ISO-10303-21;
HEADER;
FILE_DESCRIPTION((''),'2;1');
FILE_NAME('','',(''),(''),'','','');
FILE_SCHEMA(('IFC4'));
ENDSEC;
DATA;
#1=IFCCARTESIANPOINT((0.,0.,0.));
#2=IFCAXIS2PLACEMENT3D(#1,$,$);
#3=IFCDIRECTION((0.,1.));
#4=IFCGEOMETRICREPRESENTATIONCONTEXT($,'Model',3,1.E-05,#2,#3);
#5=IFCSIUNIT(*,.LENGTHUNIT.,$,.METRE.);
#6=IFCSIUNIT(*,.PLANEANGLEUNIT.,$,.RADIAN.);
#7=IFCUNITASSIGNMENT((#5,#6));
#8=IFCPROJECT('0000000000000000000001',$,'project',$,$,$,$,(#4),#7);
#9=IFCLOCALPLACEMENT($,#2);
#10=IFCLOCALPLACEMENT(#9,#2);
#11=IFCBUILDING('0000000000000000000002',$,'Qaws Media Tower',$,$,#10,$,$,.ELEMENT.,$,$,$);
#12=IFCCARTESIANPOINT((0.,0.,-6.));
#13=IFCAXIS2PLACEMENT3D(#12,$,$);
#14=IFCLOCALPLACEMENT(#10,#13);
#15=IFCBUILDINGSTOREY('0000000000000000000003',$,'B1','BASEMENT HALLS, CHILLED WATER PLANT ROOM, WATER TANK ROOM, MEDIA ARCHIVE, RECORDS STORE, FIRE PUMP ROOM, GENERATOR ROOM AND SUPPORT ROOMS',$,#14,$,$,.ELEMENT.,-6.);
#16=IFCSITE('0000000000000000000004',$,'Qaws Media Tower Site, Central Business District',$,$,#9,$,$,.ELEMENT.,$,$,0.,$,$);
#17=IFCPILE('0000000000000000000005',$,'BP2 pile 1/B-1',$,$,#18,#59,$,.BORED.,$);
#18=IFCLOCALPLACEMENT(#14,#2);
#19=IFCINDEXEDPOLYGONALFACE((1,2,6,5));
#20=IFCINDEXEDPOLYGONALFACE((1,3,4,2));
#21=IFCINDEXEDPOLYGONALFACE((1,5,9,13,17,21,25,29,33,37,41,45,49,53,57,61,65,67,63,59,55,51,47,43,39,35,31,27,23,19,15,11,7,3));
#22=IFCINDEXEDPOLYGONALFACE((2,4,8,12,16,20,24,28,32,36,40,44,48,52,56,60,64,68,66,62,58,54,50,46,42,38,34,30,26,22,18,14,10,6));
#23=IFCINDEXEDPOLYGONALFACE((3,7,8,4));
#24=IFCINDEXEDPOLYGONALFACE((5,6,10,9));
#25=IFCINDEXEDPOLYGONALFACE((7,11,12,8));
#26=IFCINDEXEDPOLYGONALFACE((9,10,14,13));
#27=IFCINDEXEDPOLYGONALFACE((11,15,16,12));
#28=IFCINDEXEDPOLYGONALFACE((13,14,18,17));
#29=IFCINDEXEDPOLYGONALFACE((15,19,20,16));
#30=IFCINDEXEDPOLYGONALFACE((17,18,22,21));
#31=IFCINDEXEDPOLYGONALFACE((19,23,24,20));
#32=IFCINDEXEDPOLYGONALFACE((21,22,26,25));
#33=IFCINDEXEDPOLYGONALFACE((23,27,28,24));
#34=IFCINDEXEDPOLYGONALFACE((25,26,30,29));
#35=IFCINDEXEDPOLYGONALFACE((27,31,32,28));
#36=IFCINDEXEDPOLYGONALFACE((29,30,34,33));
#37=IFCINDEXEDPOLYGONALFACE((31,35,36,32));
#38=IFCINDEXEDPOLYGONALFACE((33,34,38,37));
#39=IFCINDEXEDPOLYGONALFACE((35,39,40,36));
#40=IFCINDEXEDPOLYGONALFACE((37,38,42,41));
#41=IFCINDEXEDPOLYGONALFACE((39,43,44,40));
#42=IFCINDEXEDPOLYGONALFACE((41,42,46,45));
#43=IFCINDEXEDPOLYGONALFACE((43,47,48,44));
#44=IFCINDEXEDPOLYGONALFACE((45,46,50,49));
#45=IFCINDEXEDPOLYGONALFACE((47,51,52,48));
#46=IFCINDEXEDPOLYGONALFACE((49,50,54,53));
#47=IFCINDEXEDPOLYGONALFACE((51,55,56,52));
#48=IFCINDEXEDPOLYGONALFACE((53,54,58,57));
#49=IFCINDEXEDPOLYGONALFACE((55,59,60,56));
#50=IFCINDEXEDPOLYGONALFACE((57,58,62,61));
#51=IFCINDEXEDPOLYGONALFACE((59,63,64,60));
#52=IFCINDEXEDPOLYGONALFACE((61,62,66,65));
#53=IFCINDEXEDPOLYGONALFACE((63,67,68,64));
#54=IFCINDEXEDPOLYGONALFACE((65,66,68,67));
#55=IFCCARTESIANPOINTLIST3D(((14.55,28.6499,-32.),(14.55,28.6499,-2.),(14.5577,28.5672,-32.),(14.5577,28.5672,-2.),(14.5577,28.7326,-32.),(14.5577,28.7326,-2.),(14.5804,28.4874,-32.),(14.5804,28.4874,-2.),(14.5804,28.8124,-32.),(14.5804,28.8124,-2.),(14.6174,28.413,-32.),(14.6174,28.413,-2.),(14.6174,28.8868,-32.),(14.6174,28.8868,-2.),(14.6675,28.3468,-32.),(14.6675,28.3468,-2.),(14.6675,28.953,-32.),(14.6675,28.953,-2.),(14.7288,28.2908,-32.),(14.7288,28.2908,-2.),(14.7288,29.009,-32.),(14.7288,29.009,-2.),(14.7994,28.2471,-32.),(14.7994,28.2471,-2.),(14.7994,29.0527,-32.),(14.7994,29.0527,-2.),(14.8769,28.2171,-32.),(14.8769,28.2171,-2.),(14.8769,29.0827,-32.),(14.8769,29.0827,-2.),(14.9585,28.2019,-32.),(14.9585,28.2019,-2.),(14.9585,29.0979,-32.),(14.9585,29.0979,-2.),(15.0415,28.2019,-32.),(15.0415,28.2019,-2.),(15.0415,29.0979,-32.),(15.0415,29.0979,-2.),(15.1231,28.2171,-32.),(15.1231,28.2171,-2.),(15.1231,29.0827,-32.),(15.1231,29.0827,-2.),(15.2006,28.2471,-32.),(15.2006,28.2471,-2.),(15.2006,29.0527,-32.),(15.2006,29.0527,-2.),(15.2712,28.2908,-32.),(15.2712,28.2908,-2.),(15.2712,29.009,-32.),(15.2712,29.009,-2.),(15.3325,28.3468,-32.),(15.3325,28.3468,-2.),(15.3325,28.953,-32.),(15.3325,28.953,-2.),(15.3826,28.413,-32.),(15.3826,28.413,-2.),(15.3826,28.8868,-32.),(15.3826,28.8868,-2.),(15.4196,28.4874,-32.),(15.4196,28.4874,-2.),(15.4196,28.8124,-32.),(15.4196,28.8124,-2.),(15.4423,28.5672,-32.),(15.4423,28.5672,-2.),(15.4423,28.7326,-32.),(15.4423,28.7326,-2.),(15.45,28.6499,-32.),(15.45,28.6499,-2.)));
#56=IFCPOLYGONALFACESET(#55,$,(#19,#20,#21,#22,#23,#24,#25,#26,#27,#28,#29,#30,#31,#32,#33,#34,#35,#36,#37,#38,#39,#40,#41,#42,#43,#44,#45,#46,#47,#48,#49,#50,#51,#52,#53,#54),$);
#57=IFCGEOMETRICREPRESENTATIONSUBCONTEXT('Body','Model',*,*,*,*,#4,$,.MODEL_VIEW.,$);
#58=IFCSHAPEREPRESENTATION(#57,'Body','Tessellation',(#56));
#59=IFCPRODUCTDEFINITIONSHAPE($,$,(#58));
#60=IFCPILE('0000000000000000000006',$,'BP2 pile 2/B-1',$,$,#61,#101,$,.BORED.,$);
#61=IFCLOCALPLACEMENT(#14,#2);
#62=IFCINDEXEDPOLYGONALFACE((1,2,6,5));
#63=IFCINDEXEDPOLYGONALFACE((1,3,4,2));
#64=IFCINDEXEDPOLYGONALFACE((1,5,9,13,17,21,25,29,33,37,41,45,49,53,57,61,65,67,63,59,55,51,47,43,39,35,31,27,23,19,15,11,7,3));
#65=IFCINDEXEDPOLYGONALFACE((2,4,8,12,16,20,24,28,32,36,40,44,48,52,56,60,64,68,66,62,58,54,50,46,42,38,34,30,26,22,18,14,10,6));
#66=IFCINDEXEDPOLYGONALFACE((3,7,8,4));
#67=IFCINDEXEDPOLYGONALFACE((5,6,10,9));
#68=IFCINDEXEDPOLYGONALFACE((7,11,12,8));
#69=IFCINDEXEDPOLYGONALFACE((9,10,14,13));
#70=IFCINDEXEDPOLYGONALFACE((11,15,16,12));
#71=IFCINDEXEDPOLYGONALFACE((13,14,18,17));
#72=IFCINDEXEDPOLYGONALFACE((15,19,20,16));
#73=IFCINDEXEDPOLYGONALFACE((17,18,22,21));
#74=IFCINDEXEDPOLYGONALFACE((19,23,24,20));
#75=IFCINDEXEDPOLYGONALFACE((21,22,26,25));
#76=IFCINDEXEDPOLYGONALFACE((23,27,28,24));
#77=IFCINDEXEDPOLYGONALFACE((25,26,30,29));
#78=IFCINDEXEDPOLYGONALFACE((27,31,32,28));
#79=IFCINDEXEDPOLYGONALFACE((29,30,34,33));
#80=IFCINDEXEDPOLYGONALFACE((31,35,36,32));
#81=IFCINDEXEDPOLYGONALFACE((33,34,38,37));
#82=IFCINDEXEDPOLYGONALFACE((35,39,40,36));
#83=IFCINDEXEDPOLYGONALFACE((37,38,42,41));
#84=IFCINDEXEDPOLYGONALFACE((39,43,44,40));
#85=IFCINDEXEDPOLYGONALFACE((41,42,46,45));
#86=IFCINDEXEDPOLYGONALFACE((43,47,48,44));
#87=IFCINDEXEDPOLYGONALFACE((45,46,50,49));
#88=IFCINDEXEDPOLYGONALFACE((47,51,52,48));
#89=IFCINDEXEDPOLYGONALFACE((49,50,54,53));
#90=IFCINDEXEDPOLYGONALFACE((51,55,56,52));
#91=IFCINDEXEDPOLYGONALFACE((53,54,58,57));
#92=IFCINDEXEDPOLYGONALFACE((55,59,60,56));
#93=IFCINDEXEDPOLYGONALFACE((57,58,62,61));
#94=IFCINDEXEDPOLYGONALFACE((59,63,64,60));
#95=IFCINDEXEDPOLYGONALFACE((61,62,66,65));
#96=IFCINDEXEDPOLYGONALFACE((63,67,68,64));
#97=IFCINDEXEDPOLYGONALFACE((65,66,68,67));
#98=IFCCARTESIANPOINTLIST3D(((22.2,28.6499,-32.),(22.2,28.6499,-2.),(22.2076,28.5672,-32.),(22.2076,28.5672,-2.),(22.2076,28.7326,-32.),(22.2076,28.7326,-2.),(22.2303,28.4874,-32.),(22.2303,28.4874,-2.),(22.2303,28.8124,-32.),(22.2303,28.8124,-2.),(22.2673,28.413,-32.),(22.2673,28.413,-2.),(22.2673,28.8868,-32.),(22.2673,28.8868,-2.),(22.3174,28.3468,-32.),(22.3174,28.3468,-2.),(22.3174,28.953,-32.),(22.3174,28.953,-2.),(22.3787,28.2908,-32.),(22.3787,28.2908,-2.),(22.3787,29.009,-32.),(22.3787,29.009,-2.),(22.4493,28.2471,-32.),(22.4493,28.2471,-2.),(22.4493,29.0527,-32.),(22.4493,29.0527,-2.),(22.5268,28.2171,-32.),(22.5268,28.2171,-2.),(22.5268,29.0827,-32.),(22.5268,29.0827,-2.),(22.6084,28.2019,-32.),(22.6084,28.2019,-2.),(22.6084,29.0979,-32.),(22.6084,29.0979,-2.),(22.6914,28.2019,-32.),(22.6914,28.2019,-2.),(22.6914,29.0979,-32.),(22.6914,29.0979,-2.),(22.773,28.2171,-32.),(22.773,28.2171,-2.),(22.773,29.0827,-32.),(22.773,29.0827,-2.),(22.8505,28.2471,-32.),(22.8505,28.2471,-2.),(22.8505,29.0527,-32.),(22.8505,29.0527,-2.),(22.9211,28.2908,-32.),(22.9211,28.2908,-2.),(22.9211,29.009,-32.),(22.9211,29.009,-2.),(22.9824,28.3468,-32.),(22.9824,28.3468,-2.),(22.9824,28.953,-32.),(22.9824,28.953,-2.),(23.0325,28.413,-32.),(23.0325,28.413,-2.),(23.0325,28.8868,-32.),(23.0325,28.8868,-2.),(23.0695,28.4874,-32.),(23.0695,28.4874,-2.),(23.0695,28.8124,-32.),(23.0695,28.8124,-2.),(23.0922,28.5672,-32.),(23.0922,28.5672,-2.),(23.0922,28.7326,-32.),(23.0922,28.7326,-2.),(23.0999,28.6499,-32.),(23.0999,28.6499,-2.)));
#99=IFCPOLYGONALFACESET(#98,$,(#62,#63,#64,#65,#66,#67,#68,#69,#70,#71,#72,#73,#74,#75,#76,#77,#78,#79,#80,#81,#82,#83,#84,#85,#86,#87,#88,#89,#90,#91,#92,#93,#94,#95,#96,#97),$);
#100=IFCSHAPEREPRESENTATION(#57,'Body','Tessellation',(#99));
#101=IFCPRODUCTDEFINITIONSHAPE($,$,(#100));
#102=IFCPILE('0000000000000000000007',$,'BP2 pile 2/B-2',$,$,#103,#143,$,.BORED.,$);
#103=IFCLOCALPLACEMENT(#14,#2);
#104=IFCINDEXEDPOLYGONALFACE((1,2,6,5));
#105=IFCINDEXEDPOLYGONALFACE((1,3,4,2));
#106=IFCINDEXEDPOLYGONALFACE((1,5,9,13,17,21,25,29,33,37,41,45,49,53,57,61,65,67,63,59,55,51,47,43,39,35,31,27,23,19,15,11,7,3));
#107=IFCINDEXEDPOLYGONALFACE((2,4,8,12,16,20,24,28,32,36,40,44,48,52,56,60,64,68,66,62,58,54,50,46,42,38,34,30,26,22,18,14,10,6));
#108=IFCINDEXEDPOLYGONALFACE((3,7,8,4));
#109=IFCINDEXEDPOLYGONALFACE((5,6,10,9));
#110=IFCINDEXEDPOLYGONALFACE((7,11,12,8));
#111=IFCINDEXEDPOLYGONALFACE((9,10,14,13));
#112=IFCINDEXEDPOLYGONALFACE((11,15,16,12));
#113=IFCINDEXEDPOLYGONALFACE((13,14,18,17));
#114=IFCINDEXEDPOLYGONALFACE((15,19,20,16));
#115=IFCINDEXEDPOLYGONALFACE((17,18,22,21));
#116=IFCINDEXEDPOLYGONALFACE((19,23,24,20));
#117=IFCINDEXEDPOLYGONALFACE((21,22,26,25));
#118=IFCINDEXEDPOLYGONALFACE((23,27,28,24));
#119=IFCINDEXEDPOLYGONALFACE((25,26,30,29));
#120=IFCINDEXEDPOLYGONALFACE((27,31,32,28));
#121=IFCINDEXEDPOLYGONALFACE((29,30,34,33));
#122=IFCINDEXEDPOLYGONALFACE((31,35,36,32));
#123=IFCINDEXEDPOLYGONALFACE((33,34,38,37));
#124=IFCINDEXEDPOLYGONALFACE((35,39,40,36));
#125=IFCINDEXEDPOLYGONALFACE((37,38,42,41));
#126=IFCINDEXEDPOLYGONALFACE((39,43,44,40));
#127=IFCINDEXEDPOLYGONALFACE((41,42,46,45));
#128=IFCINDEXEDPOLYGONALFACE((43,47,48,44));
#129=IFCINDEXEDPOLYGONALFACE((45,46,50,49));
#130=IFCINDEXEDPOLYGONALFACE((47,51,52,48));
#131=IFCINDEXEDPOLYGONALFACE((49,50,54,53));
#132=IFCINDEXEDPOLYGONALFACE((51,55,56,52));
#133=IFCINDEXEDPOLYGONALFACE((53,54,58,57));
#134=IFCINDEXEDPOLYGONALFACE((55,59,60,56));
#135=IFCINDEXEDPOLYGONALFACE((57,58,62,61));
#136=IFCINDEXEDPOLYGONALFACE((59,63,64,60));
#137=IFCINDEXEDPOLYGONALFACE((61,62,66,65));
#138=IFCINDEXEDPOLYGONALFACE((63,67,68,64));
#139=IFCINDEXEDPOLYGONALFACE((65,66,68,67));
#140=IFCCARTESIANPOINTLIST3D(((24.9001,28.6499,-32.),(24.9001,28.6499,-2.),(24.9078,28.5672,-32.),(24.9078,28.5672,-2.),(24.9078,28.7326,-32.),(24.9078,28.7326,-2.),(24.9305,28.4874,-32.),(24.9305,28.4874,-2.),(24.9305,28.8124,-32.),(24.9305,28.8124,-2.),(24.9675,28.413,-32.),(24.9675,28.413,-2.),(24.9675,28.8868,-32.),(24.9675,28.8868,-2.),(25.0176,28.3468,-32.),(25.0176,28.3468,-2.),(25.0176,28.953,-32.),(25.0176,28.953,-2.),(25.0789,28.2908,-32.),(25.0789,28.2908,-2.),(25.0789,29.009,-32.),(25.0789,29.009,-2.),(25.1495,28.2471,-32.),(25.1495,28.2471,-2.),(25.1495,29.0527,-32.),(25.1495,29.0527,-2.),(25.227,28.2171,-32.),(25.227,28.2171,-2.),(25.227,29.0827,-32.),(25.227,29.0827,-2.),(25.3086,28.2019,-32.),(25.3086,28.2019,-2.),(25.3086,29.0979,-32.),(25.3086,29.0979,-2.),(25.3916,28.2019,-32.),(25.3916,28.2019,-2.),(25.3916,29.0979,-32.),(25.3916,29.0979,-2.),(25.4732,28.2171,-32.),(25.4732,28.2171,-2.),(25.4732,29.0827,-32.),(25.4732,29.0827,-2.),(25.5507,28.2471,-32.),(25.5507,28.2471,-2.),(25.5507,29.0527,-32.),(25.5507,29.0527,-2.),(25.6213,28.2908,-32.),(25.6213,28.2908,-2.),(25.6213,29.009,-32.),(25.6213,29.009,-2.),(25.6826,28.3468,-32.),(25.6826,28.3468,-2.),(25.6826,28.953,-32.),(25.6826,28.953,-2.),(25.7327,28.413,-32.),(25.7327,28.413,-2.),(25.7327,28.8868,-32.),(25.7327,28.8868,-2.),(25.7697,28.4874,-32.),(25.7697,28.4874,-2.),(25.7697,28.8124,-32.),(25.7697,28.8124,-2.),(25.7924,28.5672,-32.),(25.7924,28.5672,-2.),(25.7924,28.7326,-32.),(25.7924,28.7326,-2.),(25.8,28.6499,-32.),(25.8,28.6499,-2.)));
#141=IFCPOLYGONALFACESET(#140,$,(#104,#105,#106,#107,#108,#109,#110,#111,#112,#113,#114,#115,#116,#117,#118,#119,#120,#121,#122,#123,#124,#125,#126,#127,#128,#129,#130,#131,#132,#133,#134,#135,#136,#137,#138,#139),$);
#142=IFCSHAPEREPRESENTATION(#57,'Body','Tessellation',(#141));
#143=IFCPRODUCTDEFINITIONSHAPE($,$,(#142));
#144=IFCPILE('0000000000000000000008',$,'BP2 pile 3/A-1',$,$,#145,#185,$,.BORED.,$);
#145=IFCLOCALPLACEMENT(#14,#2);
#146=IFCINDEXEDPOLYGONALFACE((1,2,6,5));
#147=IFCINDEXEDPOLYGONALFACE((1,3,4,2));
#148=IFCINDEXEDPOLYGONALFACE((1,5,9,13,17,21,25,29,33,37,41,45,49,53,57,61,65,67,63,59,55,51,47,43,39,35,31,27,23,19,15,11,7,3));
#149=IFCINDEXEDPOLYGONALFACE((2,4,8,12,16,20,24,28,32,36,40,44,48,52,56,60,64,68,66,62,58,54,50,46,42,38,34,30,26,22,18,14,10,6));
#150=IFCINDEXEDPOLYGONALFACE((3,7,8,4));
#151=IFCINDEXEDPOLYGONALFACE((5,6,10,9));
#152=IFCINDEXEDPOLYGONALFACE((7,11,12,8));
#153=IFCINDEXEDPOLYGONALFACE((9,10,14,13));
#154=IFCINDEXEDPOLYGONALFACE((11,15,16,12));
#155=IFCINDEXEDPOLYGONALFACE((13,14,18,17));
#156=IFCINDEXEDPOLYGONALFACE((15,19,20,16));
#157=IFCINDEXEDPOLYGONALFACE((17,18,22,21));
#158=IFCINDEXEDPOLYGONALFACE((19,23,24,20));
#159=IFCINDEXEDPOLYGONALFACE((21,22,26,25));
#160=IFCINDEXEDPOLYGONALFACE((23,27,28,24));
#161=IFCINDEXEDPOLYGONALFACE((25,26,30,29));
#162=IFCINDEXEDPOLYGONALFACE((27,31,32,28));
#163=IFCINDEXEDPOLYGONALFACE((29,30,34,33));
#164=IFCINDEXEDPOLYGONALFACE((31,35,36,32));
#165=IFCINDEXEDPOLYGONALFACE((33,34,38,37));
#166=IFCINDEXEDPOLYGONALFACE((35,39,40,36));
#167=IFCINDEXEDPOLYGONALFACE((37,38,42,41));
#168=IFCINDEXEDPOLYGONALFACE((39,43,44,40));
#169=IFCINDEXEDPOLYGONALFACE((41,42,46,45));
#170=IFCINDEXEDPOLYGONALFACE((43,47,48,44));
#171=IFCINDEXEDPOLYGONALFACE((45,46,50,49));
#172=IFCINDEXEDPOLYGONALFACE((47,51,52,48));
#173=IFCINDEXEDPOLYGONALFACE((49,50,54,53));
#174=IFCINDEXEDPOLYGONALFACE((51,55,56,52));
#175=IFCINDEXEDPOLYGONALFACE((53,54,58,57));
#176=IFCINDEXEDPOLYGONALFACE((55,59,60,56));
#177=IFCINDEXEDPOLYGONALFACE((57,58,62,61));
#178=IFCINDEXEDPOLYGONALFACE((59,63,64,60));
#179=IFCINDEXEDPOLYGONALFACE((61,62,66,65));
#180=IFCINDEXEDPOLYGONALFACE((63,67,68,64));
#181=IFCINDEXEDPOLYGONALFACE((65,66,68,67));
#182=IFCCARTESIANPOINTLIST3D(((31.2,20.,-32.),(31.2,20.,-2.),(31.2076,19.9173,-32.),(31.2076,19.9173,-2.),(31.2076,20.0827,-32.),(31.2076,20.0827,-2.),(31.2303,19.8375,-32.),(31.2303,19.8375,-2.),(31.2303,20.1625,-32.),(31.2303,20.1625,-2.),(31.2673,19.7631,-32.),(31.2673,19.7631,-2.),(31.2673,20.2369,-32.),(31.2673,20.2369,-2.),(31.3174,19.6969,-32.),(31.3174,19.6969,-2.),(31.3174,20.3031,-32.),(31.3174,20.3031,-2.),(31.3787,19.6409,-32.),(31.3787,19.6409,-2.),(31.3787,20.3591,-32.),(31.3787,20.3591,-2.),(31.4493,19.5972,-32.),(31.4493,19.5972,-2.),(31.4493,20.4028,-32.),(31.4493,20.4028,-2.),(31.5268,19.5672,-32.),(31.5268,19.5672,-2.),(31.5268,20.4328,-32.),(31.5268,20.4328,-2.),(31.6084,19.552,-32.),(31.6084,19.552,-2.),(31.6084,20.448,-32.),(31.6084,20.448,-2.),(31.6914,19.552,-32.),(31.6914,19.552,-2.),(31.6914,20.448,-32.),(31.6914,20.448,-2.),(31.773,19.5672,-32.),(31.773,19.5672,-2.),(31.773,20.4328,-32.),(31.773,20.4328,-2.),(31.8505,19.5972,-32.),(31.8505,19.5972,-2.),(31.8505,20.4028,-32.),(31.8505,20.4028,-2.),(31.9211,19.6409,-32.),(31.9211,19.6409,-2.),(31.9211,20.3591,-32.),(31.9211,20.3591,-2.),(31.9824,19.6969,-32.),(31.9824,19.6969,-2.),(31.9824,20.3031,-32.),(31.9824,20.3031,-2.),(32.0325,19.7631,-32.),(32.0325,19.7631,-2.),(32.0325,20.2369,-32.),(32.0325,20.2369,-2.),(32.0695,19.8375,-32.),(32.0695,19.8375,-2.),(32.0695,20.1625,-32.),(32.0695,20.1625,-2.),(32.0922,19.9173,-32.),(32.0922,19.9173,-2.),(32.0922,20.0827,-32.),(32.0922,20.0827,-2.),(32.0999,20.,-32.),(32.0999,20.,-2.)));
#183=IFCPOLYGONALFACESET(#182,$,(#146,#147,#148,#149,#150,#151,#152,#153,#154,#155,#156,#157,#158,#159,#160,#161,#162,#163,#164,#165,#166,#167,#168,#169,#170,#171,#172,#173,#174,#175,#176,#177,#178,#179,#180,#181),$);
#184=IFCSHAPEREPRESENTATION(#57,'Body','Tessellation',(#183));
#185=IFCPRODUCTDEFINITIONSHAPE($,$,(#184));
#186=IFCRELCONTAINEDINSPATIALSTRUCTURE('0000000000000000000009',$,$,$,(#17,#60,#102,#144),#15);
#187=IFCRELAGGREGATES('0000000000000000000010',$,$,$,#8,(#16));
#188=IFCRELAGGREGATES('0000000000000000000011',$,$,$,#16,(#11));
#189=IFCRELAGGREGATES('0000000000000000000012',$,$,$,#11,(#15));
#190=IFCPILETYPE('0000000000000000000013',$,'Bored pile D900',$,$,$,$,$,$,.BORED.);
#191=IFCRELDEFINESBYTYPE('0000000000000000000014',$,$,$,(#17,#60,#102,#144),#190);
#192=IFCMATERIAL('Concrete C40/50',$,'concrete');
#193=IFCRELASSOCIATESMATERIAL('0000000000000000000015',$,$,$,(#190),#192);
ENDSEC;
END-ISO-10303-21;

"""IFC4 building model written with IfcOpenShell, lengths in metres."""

from ifc_helpers import new_model, si_unit, direction, frame, origin, origin_2d, place, context, subcontext, project, spatial, circle, extrude, material, material_profile, profile_set, type_object, element, save


model = new_model("IFC4")

# Units and contexts
model_context = context("Model", 3, precision=1e-05, world=origin(), true_north=direction((0.0, 1.0)))
body_context = subcontext(model_context, "Body", "Model", "MODEL_VIEW")
ifc_project = project(units=[si_unit("LENGTHUNIT", "METRE"), si_unit("PLANEANGLEUNIT", "RADIAN")], contexts=[model_context])

# Site, building, storey
site_placement = place(None, origin())
site = spatial("IfcSite", under=ifc_project, at=site_placement, Name="Qaws Media Tower Site, Central Business District", CompositionType="ELEMENT", RefElevation=0.0)
building_placement = place(site_placement, origin())
building = spatial("IfcBuilding", under=site, at=building_placement, Name="Qaws Media Tower", CompositionType="ELEMENT")
storey_placement = place(building_placement, frame((0.0, 0.0, -6.0)))
storey = spatial("IfcBuildingStorey", under=building, at=storey_placement, Name="B1", Description="BASEMENT HALLS, CHILLED WATER PLANT ROOM, WATER TANK ROOM, MEDIA ARCHIVE, RECORDS STORE, FIRE PUMP ROOM, GENERATOR ROOM AND SUPPORT ROOMS", CompositionType="ELEMENT", Elevation=-6.0)

# Piles
ifc_material_1 = material(Name="Concrete C40/50", Category="concrete")
ifc_material_profile_1 = material_profile(ifc_material_1, circle(Radius=0.45, at=origin_2d()), Name="D900")
ifc_profile_set_1 = profile_set([ifc_material_profile_1], Name="Concrete C40/50")
pile_type = type_object("IfcPileType", Name="Bored pile D900", PredefinedType="BORED", material=ifc_profile_set_1)
for number, where, z_axis, x_axis, name in (
    (1, (15.0, 28.6499, -2.0), (0.0, 0.0, -1.0), (1.0, 0.0, 0.0), "BP2 pile 1/B-1"),
    (2, (22.6499, 28.6499, -2.0), (0.0, 0.0, -1.0), (1.0, 0.0, 0.0), "BP2 pile 2/B-1"),
    (3, (25.3501, 28.6499, -2.0), (0.0, 0.0, -1.0), (1.0, 0.0, 0.0), "BP2 pile 2/B-2"),
    (4, (31.6499, 20.0, -2.0), (0.0, 0.0, -1.0), (1.0, 0.0, 0.0), "BP2 pile 3/A-1"),
):
    element("IfcPile", number, at=place(storey_placement, frame(where, z_axis=z_axis, x_axis=x_axis)), inside=storey, type_object=pile_type, Name=name, PredefinedType="BORED", context=body_context, shape_type="SweptSolid", body=[
        extrude(circle(Radius=0.45, at=origin_2d()), origin(), (0.0, 0.0, 1.0), 30.0),
    ])

save(model, "model.ifc")
